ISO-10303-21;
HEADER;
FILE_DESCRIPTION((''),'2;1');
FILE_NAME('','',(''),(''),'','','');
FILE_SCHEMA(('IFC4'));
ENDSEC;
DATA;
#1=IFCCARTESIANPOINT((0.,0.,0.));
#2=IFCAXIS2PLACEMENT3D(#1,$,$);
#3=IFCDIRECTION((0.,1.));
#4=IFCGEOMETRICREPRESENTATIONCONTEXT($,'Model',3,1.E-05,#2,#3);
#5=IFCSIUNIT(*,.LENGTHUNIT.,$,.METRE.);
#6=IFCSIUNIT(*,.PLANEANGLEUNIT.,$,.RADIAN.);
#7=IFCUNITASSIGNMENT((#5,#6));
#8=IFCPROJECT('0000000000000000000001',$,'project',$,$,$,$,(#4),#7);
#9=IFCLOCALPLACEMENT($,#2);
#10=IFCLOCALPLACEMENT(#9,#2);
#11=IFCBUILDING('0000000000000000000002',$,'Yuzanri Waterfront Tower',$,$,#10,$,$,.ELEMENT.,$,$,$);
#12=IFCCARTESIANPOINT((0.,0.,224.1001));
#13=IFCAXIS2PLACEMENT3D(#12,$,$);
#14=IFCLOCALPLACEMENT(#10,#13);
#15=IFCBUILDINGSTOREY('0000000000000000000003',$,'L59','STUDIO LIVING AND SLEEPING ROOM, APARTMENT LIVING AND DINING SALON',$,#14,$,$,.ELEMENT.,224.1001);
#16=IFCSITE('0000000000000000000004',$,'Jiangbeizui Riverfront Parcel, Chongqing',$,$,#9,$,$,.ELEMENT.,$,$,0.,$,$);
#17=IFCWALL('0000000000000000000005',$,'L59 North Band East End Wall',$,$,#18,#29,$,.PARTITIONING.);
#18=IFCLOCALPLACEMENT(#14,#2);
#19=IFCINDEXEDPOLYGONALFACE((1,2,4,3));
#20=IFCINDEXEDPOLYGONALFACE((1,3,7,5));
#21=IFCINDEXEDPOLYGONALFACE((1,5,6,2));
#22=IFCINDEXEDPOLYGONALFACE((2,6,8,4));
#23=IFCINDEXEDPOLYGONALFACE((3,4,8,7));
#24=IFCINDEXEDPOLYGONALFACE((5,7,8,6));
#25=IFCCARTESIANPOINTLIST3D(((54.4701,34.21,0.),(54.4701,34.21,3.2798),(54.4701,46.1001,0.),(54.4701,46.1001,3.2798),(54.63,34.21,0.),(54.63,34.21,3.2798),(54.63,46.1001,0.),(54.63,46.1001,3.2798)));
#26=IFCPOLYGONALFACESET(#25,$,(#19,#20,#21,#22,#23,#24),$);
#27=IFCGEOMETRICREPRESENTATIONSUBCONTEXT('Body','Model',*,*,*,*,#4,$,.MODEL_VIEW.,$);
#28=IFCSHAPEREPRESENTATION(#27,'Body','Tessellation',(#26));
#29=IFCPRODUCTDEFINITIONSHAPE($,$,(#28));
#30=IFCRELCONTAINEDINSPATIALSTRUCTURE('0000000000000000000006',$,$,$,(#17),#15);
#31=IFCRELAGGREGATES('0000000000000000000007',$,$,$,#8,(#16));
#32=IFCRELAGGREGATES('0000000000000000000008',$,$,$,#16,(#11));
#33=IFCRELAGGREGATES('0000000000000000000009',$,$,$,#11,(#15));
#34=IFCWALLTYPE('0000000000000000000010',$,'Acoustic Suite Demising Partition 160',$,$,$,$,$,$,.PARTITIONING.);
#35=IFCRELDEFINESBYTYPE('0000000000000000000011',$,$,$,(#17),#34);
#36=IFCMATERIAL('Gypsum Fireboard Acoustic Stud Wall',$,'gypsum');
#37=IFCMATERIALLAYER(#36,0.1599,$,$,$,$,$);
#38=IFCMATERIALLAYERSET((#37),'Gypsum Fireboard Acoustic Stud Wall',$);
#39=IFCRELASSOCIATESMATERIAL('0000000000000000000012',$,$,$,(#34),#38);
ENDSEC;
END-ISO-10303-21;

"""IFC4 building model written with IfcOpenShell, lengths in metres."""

from ifc_helpers import new_model, si_unit, direction, frame, frame_2d, origin, place, context, subcontext, project, spatial, rectangle, extrude, source, transform, mapped, material, layer, layer_set, type_object, element, save


model = new_model("IFC4")

# Units and contexts
model_context = context("Model", 3, precision=1e-05, world=origin(), true_north=direction((0.0, 1.0)))
body_context = subcontext(model_context, "Body", "Model", "MODEL_VIEW")
ifc_project = project(units=[si_unit("LENGTHUNIT", "METRE"), si_unit("PLANEANGLEUNIT", "RADIAN")], contexts=[model_context])

# Site, building, storey
site_placement = place(None, origin())
site = spatial("IfcSite", under=ifc_project, at=site_placement, Name="Jiangbeizui Riverfront Parcel, Chongqing", CompositionType="ELEMENT", RefElevation=0.0)
building_placement = place(site_placement, origin())
building = spatial("IfcBuilding", under=site, at=building_placement, Name="Yuzanri Waterfront Tower", CompositionType="ELEMENT")
storey_placement = place(building_placement, frame((0.0, 0.0, 224.1001)))
storey = spatial("IfcBuildingStorey", under=building, at=storey_placement, Name="L59", Description="STUDIO LIVING AND SLEEPING ROOM, APARTMENT LIVING AND DINING SALON", CompositionType="ELEMENT", Elevation=224.1001)

# Wall
ifc_material_1 = material(Name="Gypsum Fireboard Acoustic Stud Wall", Category="gypsum")
ifc_layer_1 = layer(ifc_material_1, 0.1599)
ifc_layer_set_1 = layer_set([ifc_layer_1], Name="Gypsum Fireboard Acoustic Stud Wall")
wall_type_1 = type_object("IfcWallType", Name="Acoustic Suite Demising Partition 160", PredefinedType="PARTITIONING", material=ifc_layer_set_1)
shared_shape_1 = source(origin(), body_context, "Body", "SweptSolid", [
    extrude(rectangle(XDim=11.8901, YDim=0.1599, at=frame_2d((5.9451, 0.0))), origin(), (0.0, 0.0, 1.0), 3.2798),
])
wall_1_placement = place(storey_placement, frame((54.55, 34.21, 0.0), z_axis=(0.0, 0.0, 1.0), x_axis=(0.0, 1.0, 0.0)))
element("IfcWall", 1, at=wall_1_placement, inside=storey, type_object=wall_type_1, Name="L59 North Band East End Wall", PredefinedType="PARTITIONING", context=body_context, shape_type="MappedRepresentation", body=[
    mapped(shared_shape_1, transform((0.0, 0.0, 0.0), scale=1.0)),
])

save(model, "model.ifc")
